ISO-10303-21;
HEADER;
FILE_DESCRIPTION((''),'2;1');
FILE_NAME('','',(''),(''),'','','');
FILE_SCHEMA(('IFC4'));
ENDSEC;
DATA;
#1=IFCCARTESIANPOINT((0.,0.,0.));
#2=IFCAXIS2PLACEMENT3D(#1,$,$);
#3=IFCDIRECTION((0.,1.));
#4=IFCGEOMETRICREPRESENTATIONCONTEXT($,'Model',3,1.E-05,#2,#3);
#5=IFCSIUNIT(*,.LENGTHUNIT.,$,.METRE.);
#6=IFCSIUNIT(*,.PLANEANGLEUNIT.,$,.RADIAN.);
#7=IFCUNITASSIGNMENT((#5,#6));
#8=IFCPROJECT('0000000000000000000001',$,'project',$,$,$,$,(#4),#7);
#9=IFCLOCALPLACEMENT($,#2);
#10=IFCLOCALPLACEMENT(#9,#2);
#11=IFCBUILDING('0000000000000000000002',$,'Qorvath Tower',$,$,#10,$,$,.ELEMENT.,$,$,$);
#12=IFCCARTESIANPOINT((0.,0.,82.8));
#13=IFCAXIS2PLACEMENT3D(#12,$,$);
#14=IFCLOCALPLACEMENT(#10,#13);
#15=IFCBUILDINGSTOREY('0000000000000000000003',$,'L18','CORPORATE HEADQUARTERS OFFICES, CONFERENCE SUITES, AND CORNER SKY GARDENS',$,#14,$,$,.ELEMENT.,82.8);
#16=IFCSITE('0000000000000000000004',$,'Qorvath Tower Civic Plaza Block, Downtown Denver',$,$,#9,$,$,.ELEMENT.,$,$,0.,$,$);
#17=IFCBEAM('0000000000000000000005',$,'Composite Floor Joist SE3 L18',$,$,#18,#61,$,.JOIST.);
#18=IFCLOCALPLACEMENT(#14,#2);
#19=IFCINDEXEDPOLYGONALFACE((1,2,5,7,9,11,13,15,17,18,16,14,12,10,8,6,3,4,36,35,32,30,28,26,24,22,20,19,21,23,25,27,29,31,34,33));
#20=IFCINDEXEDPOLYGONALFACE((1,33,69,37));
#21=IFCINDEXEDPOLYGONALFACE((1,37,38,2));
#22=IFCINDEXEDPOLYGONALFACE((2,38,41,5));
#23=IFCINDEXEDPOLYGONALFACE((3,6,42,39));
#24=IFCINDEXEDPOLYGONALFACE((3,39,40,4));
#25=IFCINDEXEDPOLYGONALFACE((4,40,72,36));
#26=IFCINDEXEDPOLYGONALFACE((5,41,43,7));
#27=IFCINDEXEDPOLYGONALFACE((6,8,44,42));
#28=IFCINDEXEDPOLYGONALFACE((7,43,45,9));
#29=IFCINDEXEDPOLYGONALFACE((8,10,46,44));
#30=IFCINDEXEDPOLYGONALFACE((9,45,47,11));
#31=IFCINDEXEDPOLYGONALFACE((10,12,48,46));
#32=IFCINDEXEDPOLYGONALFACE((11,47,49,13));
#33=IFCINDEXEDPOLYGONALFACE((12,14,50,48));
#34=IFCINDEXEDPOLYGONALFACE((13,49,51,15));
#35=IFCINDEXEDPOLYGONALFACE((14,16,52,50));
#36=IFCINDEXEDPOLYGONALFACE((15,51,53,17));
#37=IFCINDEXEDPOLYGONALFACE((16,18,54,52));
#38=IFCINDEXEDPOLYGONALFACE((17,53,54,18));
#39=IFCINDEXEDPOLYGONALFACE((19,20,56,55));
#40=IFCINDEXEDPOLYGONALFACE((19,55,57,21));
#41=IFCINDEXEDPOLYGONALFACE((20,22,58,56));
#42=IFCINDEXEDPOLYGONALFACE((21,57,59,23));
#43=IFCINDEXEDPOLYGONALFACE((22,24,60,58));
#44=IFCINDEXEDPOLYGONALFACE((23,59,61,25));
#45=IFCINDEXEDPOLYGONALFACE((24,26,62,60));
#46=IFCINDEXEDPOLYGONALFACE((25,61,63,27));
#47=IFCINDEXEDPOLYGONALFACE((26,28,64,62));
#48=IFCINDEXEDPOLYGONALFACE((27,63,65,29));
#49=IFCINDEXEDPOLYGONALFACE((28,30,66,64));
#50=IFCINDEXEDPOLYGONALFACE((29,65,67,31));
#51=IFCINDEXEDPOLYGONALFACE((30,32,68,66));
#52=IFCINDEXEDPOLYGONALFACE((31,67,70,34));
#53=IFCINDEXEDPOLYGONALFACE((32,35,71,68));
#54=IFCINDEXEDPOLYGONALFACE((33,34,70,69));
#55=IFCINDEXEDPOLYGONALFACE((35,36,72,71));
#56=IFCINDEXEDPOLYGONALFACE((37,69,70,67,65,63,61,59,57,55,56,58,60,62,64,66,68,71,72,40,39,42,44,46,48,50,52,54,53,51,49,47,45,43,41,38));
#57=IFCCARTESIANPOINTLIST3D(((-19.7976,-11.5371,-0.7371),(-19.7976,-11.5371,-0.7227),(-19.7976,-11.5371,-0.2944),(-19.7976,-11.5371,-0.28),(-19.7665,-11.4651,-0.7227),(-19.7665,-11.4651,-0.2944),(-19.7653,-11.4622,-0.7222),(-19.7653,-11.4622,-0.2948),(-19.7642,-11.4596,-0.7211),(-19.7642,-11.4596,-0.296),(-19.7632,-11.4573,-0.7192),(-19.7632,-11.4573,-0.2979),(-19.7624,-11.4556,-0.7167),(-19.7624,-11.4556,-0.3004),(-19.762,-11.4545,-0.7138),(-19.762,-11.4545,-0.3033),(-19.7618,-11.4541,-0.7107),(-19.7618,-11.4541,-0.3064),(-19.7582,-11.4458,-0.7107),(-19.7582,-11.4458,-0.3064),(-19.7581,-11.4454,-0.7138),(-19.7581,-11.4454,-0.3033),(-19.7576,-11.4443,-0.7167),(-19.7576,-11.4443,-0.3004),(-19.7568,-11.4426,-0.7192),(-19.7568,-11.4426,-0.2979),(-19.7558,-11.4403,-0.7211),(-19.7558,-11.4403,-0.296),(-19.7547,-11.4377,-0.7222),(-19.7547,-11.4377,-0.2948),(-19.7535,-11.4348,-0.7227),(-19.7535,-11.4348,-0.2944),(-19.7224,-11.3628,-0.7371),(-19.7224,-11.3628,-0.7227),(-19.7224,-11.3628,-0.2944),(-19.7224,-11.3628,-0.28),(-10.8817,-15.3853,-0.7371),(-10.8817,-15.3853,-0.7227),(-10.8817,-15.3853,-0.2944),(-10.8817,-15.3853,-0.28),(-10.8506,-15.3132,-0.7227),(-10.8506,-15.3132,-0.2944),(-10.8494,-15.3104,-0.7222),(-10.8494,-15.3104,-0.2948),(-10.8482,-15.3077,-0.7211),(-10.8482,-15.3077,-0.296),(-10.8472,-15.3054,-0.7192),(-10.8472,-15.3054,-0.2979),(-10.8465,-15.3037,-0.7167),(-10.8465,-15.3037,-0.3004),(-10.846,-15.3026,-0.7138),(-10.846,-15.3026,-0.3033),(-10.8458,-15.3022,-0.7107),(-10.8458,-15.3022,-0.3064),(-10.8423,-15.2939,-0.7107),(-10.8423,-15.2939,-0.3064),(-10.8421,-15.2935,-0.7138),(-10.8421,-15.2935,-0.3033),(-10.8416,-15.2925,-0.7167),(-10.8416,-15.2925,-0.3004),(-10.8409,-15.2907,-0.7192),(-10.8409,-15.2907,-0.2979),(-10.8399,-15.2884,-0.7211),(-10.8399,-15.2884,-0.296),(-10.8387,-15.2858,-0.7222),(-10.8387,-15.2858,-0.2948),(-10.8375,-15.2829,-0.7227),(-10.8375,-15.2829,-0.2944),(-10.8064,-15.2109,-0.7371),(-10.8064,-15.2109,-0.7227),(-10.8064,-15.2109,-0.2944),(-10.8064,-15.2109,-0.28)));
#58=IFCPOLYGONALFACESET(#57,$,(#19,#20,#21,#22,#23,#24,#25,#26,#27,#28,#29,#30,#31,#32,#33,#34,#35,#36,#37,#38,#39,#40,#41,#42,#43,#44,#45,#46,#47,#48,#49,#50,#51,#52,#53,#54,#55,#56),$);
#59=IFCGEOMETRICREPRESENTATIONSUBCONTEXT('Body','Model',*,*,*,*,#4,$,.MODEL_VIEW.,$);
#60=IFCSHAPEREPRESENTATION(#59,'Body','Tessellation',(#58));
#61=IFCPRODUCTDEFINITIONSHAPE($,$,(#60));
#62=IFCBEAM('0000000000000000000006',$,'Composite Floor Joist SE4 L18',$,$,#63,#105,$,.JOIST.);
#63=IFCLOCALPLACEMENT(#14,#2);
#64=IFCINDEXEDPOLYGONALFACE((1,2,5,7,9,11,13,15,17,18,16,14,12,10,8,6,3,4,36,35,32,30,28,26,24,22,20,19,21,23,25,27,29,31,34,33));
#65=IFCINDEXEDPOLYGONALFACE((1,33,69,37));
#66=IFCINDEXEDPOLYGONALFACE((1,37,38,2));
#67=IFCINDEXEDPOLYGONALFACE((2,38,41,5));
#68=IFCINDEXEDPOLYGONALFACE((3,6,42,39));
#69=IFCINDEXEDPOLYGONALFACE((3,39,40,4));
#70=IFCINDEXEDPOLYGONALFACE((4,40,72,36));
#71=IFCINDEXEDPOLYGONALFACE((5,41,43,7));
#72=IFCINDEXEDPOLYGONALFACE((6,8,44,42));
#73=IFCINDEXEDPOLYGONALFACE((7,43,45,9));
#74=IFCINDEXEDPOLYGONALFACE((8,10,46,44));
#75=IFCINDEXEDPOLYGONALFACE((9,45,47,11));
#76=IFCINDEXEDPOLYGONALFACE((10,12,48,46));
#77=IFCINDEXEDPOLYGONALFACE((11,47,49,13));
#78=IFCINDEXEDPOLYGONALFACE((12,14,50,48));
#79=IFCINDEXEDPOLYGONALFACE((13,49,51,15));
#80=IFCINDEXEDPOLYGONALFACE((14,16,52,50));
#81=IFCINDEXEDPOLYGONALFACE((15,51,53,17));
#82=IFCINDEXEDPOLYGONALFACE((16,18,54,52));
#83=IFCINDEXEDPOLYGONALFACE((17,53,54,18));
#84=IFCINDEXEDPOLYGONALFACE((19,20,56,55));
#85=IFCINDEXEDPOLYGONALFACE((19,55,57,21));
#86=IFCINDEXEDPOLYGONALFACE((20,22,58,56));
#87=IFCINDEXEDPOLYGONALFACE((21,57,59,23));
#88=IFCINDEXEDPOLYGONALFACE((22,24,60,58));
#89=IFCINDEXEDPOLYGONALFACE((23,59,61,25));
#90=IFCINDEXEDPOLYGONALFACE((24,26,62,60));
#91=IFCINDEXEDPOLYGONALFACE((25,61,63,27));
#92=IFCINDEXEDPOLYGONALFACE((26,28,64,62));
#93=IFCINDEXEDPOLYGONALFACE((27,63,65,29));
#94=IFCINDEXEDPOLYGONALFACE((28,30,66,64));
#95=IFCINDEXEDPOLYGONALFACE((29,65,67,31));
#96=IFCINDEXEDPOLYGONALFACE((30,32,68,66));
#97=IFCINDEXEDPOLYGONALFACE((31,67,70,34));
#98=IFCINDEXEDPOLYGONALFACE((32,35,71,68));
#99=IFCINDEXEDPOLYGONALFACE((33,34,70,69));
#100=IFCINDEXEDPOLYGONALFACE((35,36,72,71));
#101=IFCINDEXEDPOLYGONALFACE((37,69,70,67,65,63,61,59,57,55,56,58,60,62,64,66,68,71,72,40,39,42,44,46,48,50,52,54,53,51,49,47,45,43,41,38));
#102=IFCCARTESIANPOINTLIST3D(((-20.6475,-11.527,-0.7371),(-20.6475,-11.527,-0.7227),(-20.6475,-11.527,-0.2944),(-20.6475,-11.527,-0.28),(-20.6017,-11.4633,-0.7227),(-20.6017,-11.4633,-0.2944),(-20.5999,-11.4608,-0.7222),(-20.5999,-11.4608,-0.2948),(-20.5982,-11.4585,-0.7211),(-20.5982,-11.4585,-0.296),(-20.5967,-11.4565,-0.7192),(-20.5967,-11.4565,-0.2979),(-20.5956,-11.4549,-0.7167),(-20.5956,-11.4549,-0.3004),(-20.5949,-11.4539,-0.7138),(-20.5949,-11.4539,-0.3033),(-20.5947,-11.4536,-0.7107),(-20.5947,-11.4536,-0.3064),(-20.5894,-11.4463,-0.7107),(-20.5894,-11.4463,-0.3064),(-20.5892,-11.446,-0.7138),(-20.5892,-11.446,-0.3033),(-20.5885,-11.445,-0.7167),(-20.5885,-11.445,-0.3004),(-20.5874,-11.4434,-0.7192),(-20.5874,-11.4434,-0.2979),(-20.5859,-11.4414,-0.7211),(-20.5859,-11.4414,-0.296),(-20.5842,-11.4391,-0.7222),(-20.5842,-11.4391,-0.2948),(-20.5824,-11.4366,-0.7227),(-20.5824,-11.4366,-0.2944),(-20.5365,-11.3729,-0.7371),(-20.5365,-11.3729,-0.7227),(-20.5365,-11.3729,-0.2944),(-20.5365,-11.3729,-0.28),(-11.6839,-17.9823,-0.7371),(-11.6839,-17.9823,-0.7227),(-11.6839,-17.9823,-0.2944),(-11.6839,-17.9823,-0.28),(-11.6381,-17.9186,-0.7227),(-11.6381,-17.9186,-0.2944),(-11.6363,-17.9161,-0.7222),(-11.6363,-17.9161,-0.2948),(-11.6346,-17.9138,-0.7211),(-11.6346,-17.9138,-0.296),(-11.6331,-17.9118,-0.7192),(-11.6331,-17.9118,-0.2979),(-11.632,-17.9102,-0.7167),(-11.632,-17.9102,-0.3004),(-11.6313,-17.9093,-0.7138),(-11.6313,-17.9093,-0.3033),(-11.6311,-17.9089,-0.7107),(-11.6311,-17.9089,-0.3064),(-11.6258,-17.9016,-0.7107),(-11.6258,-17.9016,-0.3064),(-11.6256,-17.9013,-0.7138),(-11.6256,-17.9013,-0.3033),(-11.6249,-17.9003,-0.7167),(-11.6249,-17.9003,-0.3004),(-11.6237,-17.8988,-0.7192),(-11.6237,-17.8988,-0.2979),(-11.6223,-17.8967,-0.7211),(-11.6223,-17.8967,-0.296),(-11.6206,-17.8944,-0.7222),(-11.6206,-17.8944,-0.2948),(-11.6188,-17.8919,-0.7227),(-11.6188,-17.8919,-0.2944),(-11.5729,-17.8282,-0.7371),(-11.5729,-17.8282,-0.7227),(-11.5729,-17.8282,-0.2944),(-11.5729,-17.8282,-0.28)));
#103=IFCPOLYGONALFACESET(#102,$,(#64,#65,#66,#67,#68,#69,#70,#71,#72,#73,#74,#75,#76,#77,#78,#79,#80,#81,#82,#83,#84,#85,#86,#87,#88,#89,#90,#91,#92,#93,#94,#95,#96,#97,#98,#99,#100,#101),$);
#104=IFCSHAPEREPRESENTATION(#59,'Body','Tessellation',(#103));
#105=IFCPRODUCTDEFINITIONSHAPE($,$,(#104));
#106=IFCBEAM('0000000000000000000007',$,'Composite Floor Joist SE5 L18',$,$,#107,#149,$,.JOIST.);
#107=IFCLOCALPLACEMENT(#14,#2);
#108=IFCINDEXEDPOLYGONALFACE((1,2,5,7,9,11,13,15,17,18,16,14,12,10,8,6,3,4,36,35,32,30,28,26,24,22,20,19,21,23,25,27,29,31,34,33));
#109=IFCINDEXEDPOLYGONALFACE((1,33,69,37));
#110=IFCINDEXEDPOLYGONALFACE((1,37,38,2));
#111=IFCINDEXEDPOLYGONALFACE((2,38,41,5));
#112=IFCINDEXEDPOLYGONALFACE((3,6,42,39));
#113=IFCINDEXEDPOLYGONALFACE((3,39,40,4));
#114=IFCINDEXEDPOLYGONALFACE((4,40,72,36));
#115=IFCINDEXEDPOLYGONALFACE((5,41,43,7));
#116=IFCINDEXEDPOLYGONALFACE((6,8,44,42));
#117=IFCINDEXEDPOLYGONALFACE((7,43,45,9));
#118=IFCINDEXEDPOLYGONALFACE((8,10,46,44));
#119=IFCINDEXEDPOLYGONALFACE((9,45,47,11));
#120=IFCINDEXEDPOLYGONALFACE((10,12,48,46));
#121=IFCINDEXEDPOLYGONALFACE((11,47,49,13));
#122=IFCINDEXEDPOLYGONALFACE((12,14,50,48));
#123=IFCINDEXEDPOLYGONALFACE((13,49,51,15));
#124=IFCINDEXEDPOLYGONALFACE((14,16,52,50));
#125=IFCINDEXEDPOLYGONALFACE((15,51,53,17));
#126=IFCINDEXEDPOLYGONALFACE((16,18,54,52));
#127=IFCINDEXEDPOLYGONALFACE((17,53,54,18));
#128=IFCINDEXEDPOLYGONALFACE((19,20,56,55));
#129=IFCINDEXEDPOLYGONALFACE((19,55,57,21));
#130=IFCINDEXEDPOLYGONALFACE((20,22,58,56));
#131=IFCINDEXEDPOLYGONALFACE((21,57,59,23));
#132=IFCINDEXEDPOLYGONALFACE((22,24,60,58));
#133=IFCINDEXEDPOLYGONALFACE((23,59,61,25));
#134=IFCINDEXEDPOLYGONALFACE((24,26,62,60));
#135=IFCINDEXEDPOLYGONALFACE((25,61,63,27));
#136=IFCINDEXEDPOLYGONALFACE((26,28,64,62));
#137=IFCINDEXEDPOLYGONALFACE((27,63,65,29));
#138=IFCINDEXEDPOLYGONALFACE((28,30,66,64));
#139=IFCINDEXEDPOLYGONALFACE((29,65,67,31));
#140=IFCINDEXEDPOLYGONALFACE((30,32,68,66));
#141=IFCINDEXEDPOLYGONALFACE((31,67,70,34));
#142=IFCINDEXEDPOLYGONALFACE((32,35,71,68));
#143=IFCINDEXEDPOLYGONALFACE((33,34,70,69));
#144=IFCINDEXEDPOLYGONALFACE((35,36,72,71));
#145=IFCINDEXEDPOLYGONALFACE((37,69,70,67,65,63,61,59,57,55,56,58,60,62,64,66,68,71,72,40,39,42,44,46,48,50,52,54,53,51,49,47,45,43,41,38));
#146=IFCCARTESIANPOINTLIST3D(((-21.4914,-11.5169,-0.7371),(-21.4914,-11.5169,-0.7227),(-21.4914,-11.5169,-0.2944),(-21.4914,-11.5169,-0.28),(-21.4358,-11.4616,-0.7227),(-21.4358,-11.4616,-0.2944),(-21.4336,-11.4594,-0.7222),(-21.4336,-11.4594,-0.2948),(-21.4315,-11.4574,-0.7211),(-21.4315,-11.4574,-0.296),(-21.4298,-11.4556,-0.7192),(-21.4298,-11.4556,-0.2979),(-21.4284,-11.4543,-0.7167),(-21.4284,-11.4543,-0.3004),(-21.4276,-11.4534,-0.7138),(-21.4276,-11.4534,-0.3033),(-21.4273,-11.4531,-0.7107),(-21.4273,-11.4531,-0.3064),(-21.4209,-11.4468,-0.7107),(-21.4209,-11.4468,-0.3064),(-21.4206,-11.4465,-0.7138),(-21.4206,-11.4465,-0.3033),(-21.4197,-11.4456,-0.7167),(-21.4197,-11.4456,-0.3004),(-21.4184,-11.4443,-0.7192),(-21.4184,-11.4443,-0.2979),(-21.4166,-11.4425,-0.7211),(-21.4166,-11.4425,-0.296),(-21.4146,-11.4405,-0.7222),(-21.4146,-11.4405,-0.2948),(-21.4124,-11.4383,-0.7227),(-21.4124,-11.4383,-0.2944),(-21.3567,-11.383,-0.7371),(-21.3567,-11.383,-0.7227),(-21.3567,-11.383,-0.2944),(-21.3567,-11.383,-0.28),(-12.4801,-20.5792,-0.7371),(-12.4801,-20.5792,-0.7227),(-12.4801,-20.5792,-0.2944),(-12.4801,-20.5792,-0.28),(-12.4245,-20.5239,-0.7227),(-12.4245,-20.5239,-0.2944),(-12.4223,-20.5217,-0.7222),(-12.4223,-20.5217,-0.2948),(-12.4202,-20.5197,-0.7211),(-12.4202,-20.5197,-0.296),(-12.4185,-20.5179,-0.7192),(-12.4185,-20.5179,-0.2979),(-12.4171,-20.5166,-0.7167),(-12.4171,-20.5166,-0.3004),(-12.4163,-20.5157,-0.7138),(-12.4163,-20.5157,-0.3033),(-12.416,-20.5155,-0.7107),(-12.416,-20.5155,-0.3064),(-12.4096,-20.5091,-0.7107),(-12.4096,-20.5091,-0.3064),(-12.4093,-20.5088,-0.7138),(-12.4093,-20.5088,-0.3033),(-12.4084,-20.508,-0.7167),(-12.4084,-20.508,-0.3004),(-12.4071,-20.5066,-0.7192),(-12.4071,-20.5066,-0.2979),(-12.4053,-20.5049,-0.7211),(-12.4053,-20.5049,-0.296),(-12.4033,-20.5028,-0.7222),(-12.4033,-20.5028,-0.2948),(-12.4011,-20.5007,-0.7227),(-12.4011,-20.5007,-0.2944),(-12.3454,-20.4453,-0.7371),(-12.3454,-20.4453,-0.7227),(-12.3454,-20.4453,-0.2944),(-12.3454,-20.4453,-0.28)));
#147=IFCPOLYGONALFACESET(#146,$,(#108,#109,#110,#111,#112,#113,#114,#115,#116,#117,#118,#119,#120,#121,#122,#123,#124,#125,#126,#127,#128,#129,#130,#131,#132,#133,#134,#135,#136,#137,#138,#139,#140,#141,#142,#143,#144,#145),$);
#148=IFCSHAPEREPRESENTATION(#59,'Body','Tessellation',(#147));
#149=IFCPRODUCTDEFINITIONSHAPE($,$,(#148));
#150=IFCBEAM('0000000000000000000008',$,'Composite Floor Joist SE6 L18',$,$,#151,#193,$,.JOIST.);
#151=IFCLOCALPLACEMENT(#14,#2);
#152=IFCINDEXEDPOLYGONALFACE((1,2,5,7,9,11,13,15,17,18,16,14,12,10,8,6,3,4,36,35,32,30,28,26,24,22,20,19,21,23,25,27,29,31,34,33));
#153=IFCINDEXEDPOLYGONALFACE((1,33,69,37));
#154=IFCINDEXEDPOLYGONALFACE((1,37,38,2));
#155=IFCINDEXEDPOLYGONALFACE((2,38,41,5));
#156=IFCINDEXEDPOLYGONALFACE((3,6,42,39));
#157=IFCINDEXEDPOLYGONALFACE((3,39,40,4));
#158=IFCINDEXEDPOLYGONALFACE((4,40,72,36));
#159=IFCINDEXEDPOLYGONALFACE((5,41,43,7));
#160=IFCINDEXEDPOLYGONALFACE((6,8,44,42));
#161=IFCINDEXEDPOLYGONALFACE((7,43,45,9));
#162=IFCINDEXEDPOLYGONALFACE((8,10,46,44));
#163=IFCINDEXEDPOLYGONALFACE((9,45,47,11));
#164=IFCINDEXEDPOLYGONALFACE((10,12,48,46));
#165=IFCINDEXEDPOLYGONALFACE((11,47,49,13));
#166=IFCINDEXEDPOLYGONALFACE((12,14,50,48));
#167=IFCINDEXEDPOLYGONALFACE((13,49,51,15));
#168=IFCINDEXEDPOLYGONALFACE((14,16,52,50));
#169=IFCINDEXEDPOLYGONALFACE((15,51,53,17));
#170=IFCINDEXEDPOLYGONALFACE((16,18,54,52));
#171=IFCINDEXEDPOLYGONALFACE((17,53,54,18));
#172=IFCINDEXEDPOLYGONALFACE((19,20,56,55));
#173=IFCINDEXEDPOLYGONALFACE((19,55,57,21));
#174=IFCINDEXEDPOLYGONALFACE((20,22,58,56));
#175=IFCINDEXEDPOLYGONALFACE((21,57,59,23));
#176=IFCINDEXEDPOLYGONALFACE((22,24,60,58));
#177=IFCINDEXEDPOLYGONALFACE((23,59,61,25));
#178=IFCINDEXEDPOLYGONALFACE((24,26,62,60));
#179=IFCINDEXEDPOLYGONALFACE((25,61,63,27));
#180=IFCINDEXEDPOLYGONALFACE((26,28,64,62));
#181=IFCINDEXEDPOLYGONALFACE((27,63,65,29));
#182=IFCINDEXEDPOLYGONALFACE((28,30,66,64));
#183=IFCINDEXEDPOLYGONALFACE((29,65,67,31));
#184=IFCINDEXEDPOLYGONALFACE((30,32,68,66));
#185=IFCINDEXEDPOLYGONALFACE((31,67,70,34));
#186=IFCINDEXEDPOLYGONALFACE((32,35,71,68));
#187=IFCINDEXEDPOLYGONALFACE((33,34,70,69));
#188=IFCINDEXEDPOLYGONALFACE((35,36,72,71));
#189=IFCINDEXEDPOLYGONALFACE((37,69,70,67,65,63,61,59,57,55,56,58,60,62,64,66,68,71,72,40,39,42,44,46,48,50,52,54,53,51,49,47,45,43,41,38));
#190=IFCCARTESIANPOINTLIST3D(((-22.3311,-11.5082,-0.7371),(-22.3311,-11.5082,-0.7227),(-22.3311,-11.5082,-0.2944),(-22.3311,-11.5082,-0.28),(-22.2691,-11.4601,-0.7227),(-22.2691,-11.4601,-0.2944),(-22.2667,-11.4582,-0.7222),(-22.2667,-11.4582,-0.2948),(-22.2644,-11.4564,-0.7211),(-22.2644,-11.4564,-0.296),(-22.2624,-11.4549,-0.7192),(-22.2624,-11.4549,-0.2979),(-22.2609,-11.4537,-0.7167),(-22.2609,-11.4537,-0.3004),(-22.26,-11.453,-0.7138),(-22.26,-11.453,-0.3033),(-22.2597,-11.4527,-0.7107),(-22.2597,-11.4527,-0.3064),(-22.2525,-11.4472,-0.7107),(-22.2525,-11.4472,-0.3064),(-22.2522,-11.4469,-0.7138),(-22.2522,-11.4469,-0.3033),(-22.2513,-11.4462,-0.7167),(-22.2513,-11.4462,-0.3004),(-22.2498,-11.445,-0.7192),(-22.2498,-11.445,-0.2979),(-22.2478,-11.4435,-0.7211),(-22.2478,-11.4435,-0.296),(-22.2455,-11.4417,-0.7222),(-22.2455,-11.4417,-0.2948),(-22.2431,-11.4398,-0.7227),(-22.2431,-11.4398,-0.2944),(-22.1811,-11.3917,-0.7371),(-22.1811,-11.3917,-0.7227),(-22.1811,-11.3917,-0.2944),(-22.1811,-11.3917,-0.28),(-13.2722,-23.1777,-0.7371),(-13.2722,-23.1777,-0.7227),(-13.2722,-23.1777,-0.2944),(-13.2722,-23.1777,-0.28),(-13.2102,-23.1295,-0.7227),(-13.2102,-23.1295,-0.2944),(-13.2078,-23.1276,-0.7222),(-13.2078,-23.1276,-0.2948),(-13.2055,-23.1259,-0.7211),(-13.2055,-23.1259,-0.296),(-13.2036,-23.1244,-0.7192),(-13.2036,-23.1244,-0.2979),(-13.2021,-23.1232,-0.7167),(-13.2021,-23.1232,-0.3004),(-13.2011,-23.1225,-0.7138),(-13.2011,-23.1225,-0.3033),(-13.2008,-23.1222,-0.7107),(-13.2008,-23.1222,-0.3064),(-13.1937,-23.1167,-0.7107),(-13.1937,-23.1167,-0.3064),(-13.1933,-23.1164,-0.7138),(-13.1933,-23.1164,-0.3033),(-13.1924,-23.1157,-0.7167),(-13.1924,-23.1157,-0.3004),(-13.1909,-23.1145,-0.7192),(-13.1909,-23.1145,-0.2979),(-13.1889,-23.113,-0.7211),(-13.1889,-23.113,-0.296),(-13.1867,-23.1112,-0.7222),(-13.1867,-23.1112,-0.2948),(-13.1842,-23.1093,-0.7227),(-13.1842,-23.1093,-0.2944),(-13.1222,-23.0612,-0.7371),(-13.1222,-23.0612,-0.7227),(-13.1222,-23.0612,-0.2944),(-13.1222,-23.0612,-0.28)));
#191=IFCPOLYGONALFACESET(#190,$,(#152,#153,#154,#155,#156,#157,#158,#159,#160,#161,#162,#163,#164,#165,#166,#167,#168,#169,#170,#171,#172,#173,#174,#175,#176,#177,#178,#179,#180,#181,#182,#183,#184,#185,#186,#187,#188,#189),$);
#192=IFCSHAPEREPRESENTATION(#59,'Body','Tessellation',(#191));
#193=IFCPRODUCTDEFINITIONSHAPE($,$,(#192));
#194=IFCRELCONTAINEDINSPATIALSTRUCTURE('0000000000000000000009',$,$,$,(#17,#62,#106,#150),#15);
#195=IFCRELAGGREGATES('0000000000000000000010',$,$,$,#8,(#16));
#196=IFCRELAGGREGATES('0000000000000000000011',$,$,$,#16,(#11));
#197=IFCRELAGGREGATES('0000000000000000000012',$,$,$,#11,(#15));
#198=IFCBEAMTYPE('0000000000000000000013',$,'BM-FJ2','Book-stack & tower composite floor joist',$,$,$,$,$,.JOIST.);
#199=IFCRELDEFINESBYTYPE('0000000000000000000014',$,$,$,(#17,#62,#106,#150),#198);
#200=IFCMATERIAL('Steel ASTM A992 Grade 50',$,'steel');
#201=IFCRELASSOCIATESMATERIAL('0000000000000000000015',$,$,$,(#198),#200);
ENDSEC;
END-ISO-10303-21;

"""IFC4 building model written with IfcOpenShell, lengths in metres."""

from ifc_helpers import new_model, si_unit, direction, frame, origin, origin_2d, place, context, subcontext, project, spatial, i_section, extrude, material, material_profile, profile_set, type_object, element, save


model = new_model("IFC4")

# Units and contexts
model_context = context("Model", 3, precision=1e-05, world=origin(), true_north=direction((0.0, 1.0)))
body_context = subcontext(model_context, "Body", "Model", "MODEL_VIEW")
ifc_project = project(units=[si_unit("LENGTHUNIT", "METRE"), si_unit("PLANEANGLEUNIT", "RADIAN")], contexts=[model_context])

# Site, building, storey
site_placement = place(None, origin())
site = spatial("IfcSite", under=ifc_project, at=site_placement, Name="Qorvath Tower Civic Plaza Block, Downtown Denver", CompositionType="ELEMENT", RefElevation=0.0)
building_placement = place(site_placement, origin())
building = spatial("IfcBuilding", under=site, at=building_placement, Name="Qorvath Tower", CompositionType="ELEMENT")
storey_placement = place(building_placement, frame((0.0, 0.0, 82.8)))
storey = spatial("IfcBuildingStorey", under=building, at=storey_placement, Name="L18", Description="CORPORATE HEADQUARTERS OFFICES, CONFERENCE SUITES, AND CORNER SKY GARDENS", CompositionType="ELEMENT", Elevation=82.8)

# Beams
ifc_material_1 = material(Name="Steel ASTM A992 Grade 50", Category="steel")
ifc_material_profile_1 = material_profile(ifc_material_1, i_section(OverallWidth=0.1899, OverallDepth=0.457, WebThickness=0.009, FlangeThickness=0.0144, FilletRadius=0.012, at=origin_2d()), Name="W18x50")
ifc_profile_set_1 = profile_set([ifc_material_profile_1], Name="Steel ASTM A992 Grade 50")
beam_type_1 = type_object("IfcBeamType", Name="BM-FJ2", Description="Book-stack & tower composite floor joist", PredefinedType="JOIST", material=ifc_profile_set_1)
beam_1_placement = place(storey_placement, frame((-19.76, -11.45, -0.5085), z_axis=(0.918136, -0.396266, 0.0), x_axis=(0.396266, 0.918136, 0.0)))
element("IfcBeam", 1, at=beam_1_placement, inside=storey, type_object=beam_type_1, Name="Composite Floor Joist SE3 L18", PredefinedType="JOIST", context=body_context, shape_type="SweptSolid", body=[
    extrude(i_section(OverallWidth=0.1899, OverallDepth=0.457, WebThickness=0.009, FlangeThickness=0.0144, FilletRadius=0.012, at=origin_2d()), origin(), (0.0, 0.0, 1.0), 9.7109),
])
beam_2_placement = place(storey_placement, frame((-20.592, -11.45, -0.5085), z_axis=(0.811469, -0.584395, 0.0), x_axis=(0.584395, 0.811469, 0.0)))
element("IfcBeam", 2, at=beam_2_placement, inside=storey, type_object=beam_type_1, Name="Composite Floor Joist SE4 L18", PredefinedType="JOIST", context=body_context, shape_type="SweptSolid", body=[
    extrude(i_section(OverallWidth=0.1899, OverallDepth=0.457, WebThickness=0.009, FlangeThickness=0.0144, FilletRadius=0.012, at=origin_2d()), origin(), (0.0, 0.0, 1.0), 11.0461),
])
beam_3_placement = place(storey_placement, frame((-21.4241, -11.45, -0.5085), z_axis=(0.705108, -0.7091, 0.0), x_axis=(0.7091, 0.705108, 0.0)))
element("IfcBeam", 3, at=beam_3_placement, inside=storey, type_object=beam_type_1, Name="Composite Floor Joist SE5 L18", PredefinedType="JOIST", context=body_context, shape_type="SweptSolid", body=[
    extrude(i_section(OverallWidth=0.1899, OverallDepth=0.457, WebThickness=0.009, FlangeThickness=0.0144, FilletRadius=0.012, at=origin_2d()), origin(), (0.0, 0.0, 1.0), 12.78),
])
beam_4_placement = place(storey_placement, frame((-22.2561, -11.45, -0.5085), z_axis=(0.613207, -0.789922, 0.0), x_axis=(0.789922, 0.613207, 0.0)))
element("IfcBeam", 4, at=beam_4_placement, inside=storey, type_object=beam_type_1, Name="Composite Floor Joist SE6 L18", PredefinedType="JOIST", context=body_context, shape_type="SweptSolid", body=[
    extrude(i_section(OverallWidth=0.1899, OverallDepth=0.457, WebThickness=0.009, FlangeThickness=0.0144, FilletRadius=0.012, at=origin_2d()), origin(), (0.0, 0.0, 1.0), 14.7729),
])

save(model, "model.ifc")
